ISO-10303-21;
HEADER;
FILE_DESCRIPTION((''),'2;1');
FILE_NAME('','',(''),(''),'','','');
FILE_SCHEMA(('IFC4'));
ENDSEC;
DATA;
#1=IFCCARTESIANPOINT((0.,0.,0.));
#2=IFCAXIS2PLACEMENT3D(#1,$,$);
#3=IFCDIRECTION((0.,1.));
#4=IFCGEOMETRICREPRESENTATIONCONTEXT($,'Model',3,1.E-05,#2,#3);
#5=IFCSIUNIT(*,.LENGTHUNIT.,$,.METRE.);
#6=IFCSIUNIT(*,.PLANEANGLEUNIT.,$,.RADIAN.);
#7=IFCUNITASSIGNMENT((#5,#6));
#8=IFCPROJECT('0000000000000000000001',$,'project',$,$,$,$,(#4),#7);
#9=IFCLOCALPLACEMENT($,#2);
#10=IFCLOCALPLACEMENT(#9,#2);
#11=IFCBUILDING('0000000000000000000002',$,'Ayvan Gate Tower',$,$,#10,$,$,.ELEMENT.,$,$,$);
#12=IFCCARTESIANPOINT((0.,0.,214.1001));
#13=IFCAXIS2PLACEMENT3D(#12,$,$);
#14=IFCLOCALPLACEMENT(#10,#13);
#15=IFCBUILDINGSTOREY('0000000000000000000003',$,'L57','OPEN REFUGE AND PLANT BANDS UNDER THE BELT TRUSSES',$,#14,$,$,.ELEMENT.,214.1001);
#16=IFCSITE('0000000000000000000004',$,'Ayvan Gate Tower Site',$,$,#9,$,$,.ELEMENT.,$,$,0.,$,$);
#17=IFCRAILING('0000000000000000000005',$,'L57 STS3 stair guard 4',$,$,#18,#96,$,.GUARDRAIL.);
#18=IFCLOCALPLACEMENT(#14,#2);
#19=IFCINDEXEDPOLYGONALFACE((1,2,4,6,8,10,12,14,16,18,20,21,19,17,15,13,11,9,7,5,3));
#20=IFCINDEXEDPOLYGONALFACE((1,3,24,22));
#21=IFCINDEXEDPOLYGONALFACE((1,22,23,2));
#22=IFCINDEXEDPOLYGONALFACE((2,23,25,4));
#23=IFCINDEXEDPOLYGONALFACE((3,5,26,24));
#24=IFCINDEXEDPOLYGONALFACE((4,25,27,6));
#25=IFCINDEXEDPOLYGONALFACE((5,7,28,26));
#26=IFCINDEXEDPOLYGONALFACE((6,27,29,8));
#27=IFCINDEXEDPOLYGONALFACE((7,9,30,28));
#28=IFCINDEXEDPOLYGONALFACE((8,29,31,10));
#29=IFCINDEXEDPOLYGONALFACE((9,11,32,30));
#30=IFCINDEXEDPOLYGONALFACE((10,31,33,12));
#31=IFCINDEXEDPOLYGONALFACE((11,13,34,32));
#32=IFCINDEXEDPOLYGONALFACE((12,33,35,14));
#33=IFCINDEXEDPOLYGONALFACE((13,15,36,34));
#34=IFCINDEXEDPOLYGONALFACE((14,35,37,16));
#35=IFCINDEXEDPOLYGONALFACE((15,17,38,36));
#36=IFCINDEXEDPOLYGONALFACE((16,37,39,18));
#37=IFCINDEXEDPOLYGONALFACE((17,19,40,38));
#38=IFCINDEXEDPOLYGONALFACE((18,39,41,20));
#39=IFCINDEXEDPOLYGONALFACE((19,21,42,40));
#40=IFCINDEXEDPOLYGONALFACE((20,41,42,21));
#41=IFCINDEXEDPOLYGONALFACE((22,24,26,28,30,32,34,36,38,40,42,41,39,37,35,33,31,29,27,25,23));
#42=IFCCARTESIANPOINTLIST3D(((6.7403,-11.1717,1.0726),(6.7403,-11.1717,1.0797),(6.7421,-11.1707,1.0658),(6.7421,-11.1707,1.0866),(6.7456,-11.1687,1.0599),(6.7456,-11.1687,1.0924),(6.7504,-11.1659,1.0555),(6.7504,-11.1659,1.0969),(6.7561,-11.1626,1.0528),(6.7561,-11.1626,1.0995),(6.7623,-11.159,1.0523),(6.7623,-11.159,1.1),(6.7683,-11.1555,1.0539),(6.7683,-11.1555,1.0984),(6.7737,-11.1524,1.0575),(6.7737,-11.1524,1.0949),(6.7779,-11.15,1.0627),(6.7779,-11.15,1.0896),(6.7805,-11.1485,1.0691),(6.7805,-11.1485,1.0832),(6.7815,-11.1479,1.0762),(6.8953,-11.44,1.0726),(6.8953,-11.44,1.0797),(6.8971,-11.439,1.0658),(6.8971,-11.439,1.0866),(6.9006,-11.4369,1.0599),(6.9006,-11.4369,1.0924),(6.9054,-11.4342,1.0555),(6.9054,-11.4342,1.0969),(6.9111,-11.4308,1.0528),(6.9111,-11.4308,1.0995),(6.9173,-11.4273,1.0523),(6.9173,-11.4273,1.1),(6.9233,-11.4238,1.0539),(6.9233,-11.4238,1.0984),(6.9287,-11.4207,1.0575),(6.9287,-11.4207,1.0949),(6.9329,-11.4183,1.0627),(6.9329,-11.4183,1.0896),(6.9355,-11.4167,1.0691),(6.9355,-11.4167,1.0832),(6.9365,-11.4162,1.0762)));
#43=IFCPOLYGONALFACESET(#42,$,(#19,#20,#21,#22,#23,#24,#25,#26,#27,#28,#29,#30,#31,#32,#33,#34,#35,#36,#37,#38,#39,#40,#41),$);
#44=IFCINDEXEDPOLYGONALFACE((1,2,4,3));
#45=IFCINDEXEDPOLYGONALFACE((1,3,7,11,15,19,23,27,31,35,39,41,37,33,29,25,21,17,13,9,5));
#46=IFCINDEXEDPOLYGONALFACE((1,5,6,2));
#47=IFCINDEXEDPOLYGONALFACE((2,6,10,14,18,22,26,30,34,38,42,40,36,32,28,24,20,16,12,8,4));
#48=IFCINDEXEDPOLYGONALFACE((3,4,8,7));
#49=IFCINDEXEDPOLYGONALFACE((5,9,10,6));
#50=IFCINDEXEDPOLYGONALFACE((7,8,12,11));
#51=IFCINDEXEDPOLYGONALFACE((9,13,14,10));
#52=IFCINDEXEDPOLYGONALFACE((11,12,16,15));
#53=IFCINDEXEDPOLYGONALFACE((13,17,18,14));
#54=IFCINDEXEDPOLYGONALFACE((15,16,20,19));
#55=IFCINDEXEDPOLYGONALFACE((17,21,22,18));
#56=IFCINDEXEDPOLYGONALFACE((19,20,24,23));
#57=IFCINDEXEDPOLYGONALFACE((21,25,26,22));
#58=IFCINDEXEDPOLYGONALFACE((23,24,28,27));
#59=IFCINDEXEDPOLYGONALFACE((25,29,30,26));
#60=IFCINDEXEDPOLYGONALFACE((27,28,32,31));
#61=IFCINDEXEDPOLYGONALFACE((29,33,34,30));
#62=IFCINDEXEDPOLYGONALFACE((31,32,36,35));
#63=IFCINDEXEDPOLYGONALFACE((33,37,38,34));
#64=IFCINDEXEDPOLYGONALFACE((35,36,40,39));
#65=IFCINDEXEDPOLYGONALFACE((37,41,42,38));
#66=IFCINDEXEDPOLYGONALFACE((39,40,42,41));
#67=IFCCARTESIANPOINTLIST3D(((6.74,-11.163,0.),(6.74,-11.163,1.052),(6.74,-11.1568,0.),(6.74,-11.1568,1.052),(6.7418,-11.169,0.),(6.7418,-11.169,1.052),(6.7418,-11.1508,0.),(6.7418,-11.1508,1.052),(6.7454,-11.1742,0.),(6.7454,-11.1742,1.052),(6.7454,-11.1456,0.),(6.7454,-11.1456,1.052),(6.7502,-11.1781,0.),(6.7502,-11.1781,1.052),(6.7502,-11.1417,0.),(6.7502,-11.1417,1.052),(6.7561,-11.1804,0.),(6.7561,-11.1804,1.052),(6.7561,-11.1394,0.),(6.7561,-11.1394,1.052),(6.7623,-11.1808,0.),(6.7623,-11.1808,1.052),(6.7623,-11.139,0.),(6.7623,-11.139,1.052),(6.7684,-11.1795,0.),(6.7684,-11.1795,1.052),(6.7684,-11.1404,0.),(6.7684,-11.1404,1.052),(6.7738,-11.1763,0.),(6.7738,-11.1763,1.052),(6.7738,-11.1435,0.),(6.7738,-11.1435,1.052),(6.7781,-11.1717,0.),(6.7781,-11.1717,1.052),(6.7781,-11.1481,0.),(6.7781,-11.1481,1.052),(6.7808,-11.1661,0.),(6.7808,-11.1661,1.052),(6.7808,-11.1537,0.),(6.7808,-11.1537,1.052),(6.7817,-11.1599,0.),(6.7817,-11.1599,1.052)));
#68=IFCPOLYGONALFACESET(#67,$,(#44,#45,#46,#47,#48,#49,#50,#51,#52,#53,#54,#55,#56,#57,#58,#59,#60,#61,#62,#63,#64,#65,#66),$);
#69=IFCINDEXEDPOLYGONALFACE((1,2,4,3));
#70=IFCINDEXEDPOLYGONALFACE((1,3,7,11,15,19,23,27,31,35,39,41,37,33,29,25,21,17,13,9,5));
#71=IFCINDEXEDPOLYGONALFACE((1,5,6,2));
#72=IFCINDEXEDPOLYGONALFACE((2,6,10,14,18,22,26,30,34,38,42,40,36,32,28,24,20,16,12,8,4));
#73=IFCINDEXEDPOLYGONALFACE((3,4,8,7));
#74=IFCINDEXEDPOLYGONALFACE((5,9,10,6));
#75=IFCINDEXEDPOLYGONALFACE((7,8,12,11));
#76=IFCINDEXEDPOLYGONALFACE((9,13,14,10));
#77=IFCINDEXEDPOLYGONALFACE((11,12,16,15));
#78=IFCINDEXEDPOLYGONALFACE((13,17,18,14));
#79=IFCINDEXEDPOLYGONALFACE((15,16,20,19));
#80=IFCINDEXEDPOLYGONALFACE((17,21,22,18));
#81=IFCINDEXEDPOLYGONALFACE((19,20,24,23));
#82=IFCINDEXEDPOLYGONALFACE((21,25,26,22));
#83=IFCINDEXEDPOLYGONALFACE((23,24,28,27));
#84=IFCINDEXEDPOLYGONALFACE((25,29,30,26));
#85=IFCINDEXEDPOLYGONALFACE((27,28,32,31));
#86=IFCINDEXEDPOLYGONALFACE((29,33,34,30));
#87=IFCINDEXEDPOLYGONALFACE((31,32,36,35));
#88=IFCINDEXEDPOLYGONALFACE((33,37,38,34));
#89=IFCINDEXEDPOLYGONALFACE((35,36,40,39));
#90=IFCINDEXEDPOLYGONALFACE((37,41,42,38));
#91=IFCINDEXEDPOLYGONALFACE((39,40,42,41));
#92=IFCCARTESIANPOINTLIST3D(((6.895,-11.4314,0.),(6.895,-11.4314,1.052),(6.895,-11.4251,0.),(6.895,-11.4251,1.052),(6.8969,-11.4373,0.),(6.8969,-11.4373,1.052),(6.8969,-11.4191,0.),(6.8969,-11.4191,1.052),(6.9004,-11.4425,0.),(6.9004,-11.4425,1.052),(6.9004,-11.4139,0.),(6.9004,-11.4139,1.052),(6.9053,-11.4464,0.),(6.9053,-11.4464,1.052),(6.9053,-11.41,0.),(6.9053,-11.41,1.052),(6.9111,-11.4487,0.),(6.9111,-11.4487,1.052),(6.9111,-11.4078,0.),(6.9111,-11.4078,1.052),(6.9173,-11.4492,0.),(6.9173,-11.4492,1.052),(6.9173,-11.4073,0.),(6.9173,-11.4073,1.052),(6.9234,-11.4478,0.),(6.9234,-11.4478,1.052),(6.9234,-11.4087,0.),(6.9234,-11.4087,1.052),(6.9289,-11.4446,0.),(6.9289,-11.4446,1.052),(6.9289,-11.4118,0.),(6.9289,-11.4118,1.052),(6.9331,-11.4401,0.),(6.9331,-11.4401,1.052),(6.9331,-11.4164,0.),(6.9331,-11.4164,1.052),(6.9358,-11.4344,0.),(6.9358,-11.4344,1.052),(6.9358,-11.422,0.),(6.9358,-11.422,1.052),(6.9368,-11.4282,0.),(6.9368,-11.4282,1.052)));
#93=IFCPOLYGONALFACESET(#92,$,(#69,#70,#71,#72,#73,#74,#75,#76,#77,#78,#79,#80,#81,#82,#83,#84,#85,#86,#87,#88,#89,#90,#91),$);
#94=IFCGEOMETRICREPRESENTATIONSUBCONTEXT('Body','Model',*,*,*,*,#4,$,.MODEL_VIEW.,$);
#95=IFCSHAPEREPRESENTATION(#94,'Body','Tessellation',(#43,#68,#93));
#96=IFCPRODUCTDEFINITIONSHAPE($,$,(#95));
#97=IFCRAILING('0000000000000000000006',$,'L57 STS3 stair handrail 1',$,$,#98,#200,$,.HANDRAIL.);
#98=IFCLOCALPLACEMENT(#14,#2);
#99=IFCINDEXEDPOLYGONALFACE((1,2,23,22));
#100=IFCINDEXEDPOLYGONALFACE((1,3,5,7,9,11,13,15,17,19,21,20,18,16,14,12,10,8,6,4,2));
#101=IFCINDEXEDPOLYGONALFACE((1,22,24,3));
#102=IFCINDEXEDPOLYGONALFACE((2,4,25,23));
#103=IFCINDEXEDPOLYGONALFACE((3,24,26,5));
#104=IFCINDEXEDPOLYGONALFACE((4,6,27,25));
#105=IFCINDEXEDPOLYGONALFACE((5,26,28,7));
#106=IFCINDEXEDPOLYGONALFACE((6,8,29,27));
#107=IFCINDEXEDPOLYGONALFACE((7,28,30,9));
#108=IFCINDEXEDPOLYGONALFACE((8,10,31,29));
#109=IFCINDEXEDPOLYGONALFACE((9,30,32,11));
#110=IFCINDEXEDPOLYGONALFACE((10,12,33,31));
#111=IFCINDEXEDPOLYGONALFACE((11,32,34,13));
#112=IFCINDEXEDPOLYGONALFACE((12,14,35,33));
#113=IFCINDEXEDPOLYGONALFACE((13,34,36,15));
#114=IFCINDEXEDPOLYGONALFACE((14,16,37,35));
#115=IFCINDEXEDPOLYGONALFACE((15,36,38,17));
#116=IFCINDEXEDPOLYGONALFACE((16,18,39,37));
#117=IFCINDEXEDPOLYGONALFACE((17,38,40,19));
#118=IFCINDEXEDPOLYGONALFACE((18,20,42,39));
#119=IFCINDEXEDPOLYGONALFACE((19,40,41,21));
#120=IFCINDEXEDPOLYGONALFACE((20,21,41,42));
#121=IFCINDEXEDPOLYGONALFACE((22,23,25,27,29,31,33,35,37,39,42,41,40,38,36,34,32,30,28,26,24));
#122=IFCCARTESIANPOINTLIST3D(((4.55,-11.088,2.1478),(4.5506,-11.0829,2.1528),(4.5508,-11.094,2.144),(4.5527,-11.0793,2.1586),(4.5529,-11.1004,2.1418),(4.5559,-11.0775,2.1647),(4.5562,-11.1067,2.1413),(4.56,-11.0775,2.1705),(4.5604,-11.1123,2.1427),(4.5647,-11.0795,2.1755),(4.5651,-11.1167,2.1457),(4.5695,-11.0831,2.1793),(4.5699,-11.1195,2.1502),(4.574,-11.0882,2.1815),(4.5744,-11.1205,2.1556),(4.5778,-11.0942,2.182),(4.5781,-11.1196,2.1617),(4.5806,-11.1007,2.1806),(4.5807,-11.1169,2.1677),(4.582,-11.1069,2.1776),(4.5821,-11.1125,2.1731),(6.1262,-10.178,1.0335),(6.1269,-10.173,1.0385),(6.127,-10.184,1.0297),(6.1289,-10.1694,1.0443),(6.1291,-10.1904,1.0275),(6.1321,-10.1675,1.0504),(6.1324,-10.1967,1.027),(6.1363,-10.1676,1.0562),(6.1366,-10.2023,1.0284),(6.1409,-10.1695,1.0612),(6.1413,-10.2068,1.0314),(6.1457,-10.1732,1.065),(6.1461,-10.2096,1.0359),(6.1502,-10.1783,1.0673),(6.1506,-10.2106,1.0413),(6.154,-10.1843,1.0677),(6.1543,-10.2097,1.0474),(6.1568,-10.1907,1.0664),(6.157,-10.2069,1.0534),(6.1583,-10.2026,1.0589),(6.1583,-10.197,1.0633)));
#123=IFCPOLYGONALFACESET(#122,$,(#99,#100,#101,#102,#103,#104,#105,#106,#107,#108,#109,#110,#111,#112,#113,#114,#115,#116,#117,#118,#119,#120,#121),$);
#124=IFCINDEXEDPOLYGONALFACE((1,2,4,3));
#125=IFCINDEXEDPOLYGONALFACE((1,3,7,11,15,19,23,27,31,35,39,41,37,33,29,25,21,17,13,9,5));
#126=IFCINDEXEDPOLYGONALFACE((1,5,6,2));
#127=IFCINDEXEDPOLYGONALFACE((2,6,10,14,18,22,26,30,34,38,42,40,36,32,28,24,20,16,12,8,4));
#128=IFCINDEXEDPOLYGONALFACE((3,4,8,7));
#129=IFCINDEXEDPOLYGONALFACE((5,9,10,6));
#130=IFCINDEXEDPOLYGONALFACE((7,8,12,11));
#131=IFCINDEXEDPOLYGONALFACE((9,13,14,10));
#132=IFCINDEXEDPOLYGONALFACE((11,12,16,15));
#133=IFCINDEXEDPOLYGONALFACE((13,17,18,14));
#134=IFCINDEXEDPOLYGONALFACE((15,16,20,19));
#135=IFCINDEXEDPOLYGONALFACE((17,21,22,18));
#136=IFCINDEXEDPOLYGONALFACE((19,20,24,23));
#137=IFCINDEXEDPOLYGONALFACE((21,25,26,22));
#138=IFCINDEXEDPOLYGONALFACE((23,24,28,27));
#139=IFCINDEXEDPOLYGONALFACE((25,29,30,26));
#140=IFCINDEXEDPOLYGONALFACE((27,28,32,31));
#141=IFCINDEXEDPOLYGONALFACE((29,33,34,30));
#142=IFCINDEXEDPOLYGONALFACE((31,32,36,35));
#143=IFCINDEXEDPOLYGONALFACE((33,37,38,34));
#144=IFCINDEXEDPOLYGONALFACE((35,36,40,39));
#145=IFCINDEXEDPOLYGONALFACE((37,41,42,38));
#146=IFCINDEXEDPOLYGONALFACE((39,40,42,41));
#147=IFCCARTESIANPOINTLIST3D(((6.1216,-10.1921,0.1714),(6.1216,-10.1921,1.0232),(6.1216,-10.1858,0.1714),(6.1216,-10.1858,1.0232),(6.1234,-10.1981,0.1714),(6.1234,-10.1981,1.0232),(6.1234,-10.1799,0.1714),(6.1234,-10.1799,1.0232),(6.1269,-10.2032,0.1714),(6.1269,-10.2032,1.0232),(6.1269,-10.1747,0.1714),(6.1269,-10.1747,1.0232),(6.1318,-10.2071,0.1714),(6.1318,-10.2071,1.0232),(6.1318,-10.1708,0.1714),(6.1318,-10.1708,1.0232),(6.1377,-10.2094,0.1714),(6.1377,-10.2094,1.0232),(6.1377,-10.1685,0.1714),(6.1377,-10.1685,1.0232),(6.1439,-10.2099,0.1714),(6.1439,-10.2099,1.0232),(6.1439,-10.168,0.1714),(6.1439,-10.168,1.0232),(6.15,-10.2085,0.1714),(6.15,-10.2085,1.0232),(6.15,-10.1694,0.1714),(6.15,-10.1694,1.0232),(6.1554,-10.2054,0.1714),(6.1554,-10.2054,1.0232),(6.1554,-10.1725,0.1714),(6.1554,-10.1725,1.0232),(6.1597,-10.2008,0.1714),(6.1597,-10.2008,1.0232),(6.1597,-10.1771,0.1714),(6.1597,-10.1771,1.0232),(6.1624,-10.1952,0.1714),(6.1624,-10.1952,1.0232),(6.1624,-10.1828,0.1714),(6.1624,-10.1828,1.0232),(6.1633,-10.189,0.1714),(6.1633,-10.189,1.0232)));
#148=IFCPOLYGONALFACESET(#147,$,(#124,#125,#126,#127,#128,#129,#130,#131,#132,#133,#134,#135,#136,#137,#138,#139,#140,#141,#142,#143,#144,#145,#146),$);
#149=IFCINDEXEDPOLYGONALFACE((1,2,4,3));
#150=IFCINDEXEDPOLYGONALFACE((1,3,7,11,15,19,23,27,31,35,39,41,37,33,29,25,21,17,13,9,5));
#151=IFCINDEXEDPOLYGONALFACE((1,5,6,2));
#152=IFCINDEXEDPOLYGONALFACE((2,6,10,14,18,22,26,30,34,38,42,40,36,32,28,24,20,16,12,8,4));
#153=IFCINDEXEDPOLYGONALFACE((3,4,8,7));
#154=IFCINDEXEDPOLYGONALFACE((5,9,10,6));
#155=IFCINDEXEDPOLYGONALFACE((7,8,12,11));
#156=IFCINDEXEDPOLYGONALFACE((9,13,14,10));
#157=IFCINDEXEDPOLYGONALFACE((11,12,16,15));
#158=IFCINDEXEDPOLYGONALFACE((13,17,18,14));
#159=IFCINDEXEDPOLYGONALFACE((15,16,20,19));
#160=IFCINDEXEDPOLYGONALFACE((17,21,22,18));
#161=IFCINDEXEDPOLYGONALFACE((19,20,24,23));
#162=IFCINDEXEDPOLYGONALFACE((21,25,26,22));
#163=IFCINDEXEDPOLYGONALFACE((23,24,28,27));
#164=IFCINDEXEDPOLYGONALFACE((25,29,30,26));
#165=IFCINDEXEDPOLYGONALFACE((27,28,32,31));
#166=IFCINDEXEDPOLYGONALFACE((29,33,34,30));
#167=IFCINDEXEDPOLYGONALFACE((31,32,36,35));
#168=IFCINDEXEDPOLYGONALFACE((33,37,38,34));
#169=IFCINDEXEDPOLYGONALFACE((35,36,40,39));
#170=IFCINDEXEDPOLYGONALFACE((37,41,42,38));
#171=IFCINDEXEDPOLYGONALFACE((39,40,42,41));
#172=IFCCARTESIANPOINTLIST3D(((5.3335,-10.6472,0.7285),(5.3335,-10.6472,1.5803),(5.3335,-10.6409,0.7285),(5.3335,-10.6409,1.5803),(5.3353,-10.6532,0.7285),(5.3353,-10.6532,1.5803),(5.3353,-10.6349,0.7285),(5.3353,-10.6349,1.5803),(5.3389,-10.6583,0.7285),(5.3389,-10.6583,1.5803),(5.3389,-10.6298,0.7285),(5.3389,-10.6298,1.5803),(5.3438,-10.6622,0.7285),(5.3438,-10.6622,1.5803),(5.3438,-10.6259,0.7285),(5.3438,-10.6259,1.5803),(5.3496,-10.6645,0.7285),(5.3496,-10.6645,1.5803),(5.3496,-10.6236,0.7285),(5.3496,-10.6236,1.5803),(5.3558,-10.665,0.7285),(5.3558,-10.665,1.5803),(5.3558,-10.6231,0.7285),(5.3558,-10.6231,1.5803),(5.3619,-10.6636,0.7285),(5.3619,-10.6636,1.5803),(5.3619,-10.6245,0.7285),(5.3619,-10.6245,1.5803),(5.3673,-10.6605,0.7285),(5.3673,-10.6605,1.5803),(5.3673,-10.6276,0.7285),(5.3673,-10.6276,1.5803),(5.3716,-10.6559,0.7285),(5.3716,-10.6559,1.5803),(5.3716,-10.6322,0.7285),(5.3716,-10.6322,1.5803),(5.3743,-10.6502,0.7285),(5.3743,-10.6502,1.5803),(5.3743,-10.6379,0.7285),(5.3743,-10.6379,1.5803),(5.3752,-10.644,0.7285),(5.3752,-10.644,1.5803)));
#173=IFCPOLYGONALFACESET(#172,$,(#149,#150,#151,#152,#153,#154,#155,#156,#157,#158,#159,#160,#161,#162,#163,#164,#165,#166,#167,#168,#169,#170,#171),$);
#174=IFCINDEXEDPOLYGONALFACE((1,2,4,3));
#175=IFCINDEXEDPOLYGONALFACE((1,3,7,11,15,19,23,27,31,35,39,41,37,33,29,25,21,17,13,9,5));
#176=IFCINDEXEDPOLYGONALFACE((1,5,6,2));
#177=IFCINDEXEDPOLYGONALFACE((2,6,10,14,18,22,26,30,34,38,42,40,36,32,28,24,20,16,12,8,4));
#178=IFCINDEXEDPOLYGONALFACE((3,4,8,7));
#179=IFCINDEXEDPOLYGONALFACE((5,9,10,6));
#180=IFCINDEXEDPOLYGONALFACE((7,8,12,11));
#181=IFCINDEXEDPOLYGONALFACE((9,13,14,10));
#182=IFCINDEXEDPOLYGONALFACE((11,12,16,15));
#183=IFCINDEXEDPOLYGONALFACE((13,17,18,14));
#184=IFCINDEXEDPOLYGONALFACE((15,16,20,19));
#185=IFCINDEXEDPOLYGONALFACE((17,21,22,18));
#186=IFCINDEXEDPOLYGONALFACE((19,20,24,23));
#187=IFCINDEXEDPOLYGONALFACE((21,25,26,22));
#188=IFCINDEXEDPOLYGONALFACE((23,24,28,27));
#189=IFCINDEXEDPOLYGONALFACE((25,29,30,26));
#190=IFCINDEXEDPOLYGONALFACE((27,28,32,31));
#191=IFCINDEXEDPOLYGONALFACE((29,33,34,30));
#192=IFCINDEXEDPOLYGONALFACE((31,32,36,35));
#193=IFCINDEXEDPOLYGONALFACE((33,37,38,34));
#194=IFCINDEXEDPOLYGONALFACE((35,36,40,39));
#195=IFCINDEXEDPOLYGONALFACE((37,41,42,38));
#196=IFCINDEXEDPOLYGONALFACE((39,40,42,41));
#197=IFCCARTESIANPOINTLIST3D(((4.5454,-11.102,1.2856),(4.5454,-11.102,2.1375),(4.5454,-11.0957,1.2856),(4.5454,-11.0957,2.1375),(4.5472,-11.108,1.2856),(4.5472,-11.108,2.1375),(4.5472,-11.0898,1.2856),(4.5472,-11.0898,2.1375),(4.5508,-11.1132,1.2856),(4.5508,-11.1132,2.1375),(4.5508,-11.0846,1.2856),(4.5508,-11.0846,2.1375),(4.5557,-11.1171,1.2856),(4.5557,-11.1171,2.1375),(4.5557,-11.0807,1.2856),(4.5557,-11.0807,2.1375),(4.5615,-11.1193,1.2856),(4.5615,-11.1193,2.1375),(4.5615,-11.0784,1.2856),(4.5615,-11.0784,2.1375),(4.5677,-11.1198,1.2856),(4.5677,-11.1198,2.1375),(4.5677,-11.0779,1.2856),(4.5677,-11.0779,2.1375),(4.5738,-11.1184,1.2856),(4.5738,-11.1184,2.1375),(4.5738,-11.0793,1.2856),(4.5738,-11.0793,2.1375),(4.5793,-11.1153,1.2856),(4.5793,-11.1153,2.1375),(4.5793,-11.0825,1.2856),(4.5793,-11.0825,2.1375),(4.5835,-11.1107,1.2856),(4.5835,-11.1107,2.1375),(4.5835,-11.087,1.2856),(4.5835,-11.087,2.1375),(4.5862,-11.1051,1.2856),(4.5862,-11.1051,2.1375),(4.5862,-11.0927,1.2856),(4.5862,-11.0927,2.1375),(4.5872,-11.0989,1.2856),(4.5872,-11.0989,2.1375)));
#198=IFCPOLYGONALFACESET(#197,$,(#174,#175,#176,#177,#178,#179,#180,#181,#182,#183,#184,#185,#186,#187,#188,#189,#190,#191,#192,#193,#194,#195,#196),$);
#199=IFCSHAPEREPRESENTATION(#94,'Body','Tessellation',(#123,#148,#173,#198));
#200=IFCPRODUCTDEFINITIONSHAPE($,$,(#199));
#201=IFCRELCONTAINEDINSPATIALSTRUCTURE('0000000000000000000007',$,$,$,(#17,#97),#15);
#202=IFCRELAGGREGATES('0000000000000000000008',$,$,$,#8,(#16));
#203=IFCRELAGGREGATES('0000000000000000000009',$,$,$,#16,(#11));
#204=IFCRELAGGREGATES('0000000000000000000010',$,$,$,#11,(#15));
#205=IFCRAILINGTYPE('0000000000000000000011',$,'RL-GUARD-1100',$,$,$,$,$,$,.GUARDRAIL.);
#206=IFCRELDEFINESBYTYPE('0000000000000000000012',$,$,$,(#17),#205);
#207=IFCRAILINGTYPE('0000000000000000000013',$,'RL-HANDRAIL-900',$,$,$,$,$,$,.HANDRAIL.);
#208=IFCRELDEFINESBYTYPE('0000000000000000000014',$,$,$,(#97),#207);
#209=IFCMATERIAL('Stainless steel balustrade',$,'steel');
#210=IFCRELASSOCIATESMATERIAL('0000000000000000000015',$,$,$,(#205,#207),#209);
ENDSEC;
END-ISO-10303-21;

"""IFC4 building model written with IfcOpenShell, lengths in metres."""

from ifc_helpers import new_model, si_unit, direction, frame, origin, origin_2d, place, context, subcontext, project, spatial, circle, extrude, material, type_object, element, save


model = new_model("IFC4")

# Units and contexts
model_context = context("Model", 3, precision=1e-05, world=origin(), true_north=direction((0.0, 1.0)))
body_context = subcontext(model_context, "Body", "Model", "MODEL_VIEW")
ifc_project = project(units=[si_unit("LENGTHUNIT", "METRE"), si_unit("PLANEANGLEUNIT", "RADIAN")], contexts=[model_context])

# Site, building, storey
site_placement = place(None, origin())
site = spatial("IfcSite", under=ifc_project, at=site_placement, Name="Ayvan Gate Tower Site", CompositionType="ELEMENT", RefElevation=0.0)
building_placement = place(site_placement, origin())
building = spatial("IfcBuilding", under=site, at=building_placement, Name="Ayvan Gate Tower", CompositionType="ELEMENT")
storey_placement = place(building_placement, frame((0.0, 0.0, 214.1001)))
storey = spatial("IfcBuildingStorey", under=building, at=storey_placement, Name="L57", Description="OPEN REFUGE AND PLANT BANDS UNDER THE BELT TRUSSES", CompositionType="ELEMENT", Elevation=214.1001)

# Railings
ifc_material_1 = material(Name="Stainless steel balustrade", Category="steel")
railing_type_1 = type_object("IfcRailingType", Name="RL-GUARD-1100", PredefinedType="GUARDRAIL", material=ifc_material_1)
railing_1_placement = place(storey_placement, frame((6.7607, -11.1599, 0.0)))
element("IfcRailing", 1, at=railing_1_placement, inside=storey, type_object=railing_type_1, Name="L57 STS3 stair guard 4", PredefinedType="GUARDRAIL", context=body_context, shape_type="SweptSolid", body=[
    extrude(circle(Radius=0.0239, at=origin_2d()), frame((0.0, 0.0, 1.0762), z_axis=(0.500291, -0.865857, 0.0), x_axis=(0.865857, 0.500291, 0.0)), (0.0, 0.0, 1.0), 0.3098),
    extrude(circle(Radius=0.021, at=origin_2d()), origin(), (0.0, 0.0, 1.0), 1.052),
    extrude(circle(Radius=0.021, at=origin_2d()), frame((0.155, -0.2683, 0.0)), (0.0, 0.0, 1.0), 1.052),
])
railing_type_2 = type_object("IfcRailingType", Name="RL-HANDRAIL-900", PredefinedType="HANDRAIL", material=ifc_material_1)
for number, where, name in (
    (2, (6.1423, -10.189, 0.1714), "L57 STS3 stair handrail 1"),
):
    element("IfcRailing", number, at=place(storey_placement, frame(where)), inside=storey, type_object=railing_type_2, Name=name, PredefinedType="HANDRAIL", context=body_context, shape_type="SweptSolid", body=[
        extrude(circle(Radius=0.0239, at=origin_2d()), frame((0.0, 0.0, 0.876), z_axis=(-0.73861, -0.426394, 0.522153), x_axis=(0.499962, -0.866047, 0.0)), (0.0, 0.0, 1.0), 2.134),
        extrude(circle(Radius=0.021, at=origin_2d()), origin(), (0.0, 0.0, 1.0), 0.8518),
        extrude(circle(Radius=0.021, at=origin_2d()), frame((-0.7881, -0.4551, 0.5571)), (0.0, 0.0, 1.0), 0.8518),
        extrude(circle(Radius=0.021, at=origin_2d()), frame((-1.5762, -0.9099, 1.1143)), (0.0, 0.0, 1.0), 0.8518),
    ])

save(model, "model.ifc")
